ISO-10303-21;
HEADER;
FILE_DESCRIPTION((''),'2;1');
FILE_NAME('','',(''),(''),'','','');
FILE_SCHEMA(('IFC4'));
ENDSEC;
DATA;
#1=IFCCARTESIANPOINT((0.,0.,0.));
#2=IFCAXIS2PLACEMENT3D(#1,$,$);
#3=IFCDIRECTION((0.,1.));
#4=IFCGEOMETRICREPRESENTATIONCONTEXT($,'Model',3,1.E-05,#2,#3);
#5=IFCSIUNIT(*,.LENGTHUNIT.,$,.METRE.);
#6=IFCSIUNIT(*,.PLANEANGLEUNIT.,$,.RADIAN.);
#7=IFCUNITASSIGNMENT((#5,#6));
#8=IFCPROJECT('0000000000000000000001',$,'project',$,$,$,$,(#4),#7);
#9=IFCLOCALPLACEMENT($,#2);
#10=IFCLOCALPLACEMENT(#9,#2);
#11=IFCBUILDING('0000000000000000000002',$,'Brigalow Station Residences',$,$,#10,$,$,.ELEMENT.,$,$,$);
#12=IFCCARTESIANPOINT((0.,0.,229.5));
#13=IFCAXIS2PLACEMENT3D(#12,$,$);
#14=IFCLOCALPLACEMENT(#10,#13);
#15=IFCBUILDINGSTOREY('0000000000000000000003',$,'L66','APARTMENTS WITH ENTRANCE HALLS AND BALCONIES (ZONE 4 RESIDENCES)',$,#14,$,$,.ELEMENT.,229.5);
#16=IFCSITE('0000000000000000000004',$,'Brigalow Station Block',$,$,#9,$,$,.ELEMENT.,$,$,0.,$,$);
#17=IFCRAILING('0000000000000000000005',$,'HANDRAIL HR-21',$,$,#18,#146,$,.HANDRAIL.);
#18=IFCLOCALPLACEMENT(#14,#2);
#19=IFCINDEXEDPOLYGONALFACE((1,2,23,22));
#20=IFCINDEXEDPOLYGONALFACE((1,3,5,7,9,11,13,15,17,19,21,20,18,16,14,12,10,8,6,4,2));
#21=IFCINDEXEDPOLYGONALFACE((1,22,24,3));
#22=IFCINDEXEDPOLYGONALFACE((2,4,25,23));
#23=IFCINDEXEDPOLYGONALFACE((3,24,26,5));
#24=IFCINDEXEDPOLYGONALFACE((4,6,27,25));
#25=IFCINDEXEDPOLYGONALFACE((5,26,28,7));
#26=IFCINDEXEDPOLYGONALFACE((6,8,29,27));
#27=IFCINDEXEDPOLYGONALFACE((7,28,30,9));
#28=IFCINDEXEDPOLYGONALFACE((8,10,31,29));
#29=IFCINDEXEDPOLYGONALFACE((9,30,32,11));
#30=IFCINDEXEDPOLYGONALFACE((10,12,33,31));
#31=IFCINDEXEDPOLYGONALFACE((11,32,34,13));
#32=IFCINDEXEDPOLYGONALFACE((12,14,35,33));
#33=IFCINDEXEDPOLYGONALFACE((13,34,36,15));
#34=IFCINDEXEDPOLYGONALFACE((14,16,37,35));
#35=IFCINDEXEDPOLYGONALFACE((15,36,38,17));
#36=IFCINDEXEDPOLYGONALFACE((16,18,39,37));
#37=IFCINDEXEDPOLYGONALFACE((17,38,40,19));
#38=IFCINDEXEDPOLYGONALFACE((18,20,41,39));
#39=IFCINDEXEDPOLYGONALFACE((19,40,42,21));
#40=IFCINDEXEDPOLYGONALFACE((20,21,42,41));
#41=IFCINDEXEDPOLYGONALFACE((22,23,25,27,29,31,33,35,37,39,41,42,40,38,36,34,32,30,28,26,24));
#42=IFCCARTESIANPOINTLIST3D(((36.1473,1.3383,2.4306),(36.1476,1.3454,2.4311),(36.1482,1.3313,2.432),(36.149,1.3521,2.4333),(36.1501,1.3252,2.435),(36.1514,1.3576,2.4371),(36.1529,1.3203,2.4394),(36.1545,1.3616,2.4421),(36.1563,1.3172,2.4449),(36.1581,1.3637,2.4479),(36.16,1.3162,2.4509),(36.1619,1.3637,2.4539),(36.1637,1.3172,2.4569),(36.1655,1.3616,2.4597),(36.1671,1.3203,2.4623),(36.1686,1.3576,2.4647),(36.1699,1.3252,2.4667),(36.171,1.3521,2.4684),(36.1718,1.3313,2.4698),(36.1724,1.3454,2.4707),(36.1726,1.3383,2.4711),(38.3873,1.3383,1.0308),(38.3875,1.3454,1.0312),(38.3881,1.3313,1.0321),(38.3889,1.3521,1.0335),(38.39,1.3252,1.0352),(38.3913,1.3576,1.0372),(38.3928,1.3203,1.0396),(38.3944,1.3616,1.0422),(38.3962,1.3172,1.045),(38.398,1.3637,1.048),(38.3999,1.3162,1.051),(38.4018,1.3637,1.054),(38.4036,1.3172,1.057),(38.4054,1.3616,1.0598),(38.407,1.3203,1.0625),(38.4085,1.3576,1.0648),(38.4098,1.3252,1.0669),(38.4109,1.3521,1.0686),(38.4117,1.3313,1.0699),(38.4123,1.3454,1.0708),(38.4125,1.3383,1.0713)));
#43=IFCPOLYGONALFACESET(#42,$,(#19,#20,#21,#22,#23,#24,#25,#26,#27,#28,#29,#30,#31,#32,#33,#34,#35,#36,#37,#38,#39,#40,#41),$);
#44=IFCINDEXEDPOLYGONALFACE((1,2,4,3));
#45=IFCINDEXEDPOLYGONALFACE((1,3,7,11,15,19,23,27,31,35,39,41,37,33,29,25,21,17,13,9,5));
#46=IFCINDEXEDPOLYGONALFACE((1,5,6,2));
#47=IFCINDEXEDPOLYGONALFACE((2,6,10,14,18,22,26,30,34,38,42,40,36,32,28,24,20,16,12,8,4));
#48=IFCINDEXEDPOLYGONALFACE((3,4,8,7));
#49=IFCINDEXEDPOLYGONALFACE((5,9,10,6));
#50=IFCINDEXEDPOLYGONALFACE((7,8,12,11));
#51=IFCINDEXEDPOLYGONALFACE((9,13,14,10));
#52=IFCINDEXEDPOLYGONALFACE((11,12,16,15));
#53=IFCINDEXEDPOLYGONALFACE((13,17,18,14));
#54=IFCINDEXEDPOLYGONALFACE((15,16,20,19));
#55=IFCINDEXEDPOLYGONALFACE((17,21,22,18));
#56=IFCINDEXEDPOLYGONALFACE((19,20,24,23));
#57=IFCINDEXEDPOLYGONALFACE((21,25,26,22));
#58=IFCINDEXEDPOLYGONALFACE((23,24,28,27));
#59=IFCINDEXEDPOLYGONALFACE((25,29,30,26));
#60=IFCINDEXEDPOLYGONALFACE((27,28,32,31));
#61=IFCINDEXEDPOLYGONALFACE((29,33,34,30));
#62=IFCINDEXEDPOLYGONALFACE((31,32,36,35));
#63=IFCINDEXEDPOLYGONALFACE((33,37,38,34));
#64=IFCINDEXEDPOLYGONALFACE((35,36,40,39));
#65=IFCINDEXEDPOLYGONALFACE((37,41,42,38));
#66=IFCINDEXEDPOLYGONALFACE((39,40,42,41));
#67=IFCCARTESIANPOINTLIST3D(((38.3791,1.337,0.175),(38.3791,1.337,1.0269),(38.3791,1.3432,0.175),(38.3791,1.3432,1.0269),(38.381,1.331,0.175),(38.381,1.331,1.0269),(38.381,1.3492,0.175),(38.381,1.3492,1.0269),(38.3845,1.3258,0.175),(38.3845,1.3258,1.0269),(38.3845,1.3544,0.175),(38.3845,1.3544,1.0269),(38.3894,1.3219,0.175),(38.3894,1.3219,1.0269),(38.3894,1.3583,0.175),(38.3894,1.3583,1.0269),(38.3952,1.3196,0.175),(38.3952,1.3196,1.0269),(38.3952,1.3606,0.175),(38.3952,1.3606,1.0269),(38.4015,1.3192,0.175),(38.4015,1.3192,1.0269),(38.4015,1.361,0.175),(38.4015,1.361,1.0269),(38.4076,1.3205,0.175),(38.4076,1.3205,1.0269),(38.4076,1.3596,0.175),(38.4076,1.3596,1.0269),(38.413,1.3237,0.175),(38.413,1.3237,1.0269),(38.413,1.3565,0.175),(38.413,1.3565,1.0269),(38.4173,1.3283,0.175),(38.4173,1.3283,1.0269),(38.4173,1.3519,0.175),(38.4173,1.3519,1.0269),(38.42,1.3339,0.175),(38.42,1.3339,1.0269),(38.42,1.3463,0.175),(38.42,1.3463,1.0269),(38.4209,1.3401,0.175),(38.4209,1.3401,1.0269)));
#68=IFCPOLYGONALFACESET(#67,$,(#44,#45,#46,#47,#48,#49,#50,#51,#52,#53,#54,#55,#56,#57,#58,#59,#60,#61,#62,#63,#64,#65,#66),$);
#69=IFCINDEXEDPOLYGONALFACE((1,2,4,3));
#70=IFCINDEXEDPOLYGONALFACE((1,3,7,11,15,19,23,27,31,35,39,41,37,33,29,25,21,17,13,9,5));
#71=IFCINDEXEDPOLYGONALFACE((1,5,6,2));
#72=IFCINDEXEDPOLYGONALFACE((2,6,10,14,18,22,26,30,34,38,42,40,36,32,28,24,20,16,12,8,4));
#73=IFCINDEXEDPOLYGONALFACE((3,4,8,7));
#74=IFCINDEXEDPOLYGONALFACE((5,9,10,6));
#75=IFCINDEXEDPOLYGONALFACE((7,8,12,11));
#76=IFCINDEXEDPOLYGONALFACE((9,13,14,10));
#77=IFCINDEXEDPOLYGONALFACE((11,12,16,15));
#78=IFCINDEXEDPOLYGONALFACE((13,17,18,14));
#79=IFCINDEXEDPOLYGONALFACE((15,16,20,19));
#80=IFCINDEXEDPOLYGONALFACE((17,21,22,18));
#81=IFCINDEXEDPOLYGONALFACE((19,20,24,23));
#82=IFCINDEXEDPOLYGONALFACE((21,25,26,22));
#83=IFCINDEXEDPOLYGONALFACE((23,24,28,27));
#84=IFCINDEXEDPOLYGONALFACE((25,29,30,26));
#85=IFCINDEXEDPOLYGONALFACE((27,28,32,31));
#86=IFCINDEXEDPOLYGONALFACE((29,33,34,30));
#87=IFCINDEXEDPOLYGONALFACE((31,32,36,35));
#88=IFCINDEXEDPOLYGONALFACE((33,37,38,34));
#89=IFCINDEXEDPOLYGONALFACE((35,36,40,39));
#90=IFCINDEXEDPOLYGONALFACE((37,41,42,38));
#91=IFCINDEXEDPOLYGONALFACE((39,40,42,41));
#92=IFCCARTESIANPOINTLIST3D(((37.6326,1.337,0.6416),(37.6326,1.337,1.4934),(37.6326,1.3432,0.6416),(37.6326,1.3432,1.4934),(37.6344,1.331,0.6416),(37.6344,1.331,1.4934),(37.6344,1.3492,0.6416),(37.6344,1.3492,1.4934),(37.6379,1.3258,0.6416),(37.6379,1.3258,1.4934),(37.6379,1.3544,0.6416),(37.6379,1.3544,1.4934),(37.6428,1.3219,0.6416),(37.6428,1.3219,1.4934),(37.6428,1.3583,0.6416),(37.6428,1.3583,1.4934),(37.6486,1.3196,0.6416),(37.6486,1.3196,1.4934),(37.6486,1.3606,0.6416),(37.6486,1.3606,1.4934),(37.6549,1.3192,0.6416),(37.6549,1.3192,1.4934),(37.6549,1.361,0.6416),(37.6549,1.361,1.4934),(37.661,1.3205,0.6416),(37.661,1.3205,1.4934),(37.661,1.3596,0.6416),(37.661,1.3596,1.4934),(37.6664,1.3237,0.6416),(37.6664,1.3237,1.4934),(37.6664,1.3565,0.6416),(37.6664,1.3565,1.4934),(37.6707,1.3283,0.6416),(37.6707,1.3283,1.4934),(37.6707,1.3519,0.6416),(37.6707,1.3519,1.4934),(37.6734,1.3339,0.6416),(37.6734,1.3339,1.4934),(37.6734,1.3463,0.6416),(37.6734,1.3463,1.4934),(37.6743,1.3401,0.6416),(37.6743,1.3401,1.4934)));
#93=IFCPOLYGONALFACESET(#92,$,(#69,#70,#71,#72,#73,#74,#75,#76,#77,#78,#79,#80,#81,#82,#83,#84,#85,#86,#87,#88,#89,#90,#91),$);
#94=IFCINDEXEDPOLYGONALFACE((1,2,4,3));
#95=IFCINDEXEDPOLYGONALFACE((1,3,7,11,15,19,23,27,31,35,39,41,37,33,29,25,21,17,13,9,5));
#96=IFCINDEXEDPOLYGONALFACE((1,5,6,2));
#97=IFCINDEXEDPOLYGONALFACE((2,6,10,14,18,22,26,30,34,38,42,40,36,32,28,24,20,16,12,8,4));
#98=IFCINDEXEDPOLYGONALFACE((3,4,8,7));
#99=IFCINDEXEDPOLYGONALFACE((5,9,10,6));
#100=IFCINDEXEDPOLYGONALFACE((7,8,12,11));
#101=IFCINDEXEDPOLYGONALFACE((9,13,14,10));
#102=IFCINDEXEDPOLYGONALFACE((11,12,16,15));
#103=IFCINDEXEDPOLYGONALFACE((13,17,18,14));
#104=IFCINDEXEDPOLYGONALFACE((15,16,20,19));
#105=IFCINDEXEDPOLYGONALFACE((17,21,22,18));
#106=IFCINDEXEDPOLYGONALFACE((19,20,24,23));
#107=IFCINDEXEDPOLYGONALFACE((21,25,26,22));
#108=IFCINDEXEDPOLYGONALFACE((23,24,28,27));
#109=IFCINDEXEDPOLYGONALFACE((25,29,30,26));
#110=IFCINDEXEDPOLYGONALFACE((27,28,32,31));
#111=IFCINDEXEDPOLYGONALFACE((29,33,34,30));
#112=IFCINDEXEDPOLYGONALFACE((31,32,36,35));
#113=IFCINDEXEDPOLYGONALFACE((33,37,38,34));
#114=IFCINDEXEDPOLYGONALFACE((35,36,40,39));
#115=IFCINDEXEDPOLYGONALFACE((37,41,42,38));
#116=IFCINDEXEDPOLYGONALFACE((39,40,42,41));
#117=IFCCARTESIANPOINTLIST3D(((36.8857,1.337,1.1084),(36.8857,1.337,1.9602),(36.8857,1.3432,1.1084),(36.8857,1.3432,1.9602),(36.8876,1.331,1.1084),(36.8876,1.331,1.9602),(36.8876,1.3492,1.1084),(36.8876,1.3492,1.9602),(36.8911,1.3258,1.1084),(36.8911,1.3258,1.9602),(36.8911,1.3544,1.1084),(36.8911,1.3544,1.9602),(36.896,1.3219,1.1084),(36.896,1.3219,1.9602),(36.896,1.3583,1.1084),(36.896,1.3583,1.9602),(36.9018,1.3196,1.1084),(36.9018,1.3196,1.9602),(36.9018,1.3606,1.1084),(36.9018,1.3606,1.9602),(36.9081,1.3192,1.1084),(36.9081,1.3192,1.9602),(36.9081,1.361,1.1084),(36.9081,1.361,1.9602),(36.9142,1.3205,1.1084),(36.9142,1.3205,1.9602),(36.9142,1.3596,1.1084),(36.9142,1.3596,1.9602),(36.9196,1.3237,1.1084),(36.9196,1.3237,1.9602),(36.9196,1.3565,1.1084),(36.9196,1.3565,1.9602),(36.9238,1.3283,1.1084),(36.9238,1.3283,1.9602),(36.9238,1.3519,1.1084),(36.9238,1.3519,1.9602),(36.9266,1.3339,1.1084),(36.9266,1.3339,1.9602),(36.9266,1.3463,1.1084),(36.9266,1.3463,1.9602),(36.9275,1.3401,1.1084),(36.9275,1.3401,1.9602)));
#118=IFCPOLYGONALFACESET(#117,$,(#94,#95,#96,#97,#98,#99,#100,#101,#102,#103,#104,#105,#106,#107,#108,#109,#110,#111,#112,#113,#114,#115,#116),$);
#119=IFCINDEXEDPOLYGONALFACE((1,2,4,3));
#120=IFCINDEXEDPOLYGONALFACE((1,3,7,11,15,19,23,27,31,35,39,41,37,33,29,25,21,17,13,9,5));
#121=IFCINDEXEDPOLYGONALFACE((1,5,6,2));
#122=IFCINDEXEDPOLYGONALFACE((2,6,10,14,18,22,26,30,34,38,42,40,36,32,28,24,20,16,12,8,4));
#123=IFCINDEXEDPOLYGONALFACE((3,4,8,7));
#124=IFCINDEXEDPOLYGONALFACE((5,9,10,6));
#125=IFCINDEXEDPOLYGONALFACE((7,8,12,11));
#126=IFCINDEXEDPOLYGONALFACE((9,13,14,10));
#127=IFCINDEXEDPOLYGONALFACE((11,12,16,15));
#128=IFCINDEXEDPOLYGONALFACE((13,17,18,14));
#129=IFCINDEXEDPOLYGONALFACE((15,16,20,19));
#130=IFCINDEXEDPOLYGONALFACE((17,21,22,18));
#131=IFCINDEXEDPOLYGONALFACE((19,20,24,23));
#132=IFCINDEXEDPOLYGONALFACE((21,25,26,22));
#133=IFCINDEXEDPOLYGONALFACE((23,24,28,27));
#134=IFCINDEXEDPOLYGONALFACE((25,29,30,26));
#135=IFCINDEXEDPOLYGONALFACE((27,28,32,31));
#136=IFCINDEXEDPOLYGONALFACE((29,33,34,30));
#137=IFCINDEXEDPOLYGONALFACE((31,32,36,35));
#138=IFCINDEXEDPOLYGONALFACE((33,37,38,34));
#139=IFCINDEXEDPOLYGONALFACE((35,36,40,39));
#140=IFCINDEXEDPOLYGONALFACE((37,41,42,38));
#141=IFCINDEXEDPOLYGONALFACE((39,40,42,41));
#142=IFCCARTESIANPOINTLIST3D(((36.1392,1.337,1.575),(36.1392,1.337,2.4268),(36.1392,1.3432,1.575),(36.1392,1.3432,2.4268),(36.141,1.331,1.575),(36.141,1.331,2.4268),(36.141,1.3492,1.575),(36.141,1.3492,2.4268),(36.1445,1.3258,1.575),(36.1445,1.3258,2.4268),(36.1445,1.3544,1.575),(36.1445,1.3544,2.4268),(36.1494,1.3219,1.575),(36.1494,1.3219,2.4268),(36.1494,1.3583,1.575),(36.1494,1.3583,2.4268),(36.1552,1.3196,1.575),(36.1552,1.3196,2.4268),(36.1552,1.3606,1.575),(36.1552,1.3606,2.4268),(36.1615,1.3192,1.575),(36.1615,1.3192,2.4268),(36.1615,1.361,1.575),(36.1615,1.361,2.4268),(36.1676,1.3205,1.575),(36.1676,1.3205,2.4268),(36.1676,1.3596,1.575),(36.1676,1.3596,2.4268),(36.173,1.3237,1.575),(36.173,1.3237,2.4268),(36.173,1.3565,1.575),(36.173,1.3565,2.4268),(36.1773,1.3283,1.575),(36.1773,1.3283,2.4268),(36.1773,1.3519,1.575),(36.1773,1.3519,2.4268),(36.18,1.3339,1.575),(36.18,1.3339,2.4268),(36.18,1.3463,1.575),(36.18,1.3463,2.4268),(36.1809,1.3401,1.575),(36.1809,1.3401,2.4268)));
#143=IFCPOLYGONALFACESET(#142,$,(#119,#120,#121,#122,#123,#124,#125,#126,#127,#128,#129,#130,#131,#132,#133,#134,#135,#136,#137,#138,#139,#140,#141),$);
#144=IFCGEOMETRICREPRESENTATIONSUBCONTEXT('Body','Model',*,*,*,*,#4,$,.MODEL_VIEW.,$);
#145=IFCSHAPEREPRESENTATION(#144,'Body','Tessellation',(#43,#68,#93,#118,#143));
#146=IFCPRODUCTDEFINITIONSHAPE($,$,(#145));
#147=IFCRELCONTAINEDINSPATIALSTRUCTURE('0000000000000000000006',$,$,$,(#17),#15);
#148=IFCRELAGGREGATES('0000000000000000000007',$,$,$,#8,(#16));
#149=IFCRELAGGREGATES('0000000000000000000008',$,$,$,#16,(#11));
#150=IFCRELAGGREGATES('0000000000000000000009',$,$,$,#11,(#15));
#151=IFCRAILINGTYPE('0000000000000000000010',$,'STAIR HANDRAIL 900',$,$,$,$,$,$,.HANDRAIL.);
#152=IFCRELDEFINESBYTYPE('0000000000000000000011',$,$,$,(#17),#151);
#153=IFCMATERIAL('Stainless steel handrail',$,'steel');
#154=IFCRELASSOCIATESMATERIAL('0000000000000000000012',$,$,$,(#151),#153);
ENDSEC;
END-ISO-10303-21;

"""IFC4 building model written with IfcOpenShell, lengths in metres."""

from ifc_helpers import new_model, si_unit, direction, frame, origin, origin_2d, place, context, subcontext, project, spatial, circle, extrude, material, type_object, element, save


model = new_model("IFC4")

# Units and contexts
model_context = context("Model", 3, precision=1e-05, world=origin(), true_north=direction((0.0, 1.0)))
body_context = subcontext(model_context, "Body", "Model", "MODEL_VIEW")
ifc_project = project(units=[si_unit("LENGTHUNIT", "METRE"), si_unit("PLANEANGLEUNIT", "RADIAN")], contexts=[model_context])

# Site, building, storey
site_placement = place(None, origin())
site = spatial("IfcSite", under=ifc_project, at=site_placement, Name="Brigalow Station Block", CompositionType="ELEMENT", RefElevation=0.0)
building_placement = place(site_placement, origin())
building = spatial("IfcBuilding", under=site, at=building_placement, Name="Brigalow Station Residences", CompositionType="ELEMENT")
storey_placement = place(building_placement, frame((0.0, 0.0, 229.5)))
storey = spatial("IfcBuildingStorey", under=building, at=storey_placement, Name="L66", Description="APARTMENTS WITH ENTRANCE HALLS AND BALCONIES (ZONE 4 RESIDENCES)", CompositionType="ELEMENT", Elevation=229.5)

# Railing
ifc_material_1 = material(Name="Stainless steel handrail", Category="steel")
railing_type_1 = type_object("IfcRailingType", Name="STAIR HANDRAIL 900", PredefinedType="HANDRAIL", material=ifc_material_1)
railing_1_placement = place(storey_placement, frame((38.3999, 1.3401, 0.175)))
element("IfcRailing", 1, at=railing_1_placement, inside=storey, type_object=railing_type_1, Name="HANDRAIL HR-21", PredefinedType="HANDRAIL", context=body_context, shape_type="SweptSolid", body=[
    extrude(circle(Radius=0.0239, at=origin_2d()), frame((0.0, 0.0, 0.876), z_axis=(-0.848014, 0.0, 0.529974), x_axis=(0.0, -1.0, 0.0)), (0.0, 0.0, 1.0), 2.6414),
    extrude(circle(Radius=0.021, at=origin_2d()), origin(), (0.0, 0.0, 1.0), 0.8518),
    extrude(circle(Radius=0.021, at=origin_2d()), frame((-0.7466, 0.0, 0.4666)), (0.0, 0.0, 1.0), 0.8518),
    extrude(circle(Radius=0.021, at=origin_2d()), frame((-1.4934, 0.0, 0.9333)), (0.0, 0.0, 1.0), 0.8518),
    extrude(circle(Radius=0.021, at=origin_2d()), frame((-2.24, 0.0, 1.3999)), (0.0, 0.0, 1.0), 0.8518),
])

save(model, "model.ifc")
